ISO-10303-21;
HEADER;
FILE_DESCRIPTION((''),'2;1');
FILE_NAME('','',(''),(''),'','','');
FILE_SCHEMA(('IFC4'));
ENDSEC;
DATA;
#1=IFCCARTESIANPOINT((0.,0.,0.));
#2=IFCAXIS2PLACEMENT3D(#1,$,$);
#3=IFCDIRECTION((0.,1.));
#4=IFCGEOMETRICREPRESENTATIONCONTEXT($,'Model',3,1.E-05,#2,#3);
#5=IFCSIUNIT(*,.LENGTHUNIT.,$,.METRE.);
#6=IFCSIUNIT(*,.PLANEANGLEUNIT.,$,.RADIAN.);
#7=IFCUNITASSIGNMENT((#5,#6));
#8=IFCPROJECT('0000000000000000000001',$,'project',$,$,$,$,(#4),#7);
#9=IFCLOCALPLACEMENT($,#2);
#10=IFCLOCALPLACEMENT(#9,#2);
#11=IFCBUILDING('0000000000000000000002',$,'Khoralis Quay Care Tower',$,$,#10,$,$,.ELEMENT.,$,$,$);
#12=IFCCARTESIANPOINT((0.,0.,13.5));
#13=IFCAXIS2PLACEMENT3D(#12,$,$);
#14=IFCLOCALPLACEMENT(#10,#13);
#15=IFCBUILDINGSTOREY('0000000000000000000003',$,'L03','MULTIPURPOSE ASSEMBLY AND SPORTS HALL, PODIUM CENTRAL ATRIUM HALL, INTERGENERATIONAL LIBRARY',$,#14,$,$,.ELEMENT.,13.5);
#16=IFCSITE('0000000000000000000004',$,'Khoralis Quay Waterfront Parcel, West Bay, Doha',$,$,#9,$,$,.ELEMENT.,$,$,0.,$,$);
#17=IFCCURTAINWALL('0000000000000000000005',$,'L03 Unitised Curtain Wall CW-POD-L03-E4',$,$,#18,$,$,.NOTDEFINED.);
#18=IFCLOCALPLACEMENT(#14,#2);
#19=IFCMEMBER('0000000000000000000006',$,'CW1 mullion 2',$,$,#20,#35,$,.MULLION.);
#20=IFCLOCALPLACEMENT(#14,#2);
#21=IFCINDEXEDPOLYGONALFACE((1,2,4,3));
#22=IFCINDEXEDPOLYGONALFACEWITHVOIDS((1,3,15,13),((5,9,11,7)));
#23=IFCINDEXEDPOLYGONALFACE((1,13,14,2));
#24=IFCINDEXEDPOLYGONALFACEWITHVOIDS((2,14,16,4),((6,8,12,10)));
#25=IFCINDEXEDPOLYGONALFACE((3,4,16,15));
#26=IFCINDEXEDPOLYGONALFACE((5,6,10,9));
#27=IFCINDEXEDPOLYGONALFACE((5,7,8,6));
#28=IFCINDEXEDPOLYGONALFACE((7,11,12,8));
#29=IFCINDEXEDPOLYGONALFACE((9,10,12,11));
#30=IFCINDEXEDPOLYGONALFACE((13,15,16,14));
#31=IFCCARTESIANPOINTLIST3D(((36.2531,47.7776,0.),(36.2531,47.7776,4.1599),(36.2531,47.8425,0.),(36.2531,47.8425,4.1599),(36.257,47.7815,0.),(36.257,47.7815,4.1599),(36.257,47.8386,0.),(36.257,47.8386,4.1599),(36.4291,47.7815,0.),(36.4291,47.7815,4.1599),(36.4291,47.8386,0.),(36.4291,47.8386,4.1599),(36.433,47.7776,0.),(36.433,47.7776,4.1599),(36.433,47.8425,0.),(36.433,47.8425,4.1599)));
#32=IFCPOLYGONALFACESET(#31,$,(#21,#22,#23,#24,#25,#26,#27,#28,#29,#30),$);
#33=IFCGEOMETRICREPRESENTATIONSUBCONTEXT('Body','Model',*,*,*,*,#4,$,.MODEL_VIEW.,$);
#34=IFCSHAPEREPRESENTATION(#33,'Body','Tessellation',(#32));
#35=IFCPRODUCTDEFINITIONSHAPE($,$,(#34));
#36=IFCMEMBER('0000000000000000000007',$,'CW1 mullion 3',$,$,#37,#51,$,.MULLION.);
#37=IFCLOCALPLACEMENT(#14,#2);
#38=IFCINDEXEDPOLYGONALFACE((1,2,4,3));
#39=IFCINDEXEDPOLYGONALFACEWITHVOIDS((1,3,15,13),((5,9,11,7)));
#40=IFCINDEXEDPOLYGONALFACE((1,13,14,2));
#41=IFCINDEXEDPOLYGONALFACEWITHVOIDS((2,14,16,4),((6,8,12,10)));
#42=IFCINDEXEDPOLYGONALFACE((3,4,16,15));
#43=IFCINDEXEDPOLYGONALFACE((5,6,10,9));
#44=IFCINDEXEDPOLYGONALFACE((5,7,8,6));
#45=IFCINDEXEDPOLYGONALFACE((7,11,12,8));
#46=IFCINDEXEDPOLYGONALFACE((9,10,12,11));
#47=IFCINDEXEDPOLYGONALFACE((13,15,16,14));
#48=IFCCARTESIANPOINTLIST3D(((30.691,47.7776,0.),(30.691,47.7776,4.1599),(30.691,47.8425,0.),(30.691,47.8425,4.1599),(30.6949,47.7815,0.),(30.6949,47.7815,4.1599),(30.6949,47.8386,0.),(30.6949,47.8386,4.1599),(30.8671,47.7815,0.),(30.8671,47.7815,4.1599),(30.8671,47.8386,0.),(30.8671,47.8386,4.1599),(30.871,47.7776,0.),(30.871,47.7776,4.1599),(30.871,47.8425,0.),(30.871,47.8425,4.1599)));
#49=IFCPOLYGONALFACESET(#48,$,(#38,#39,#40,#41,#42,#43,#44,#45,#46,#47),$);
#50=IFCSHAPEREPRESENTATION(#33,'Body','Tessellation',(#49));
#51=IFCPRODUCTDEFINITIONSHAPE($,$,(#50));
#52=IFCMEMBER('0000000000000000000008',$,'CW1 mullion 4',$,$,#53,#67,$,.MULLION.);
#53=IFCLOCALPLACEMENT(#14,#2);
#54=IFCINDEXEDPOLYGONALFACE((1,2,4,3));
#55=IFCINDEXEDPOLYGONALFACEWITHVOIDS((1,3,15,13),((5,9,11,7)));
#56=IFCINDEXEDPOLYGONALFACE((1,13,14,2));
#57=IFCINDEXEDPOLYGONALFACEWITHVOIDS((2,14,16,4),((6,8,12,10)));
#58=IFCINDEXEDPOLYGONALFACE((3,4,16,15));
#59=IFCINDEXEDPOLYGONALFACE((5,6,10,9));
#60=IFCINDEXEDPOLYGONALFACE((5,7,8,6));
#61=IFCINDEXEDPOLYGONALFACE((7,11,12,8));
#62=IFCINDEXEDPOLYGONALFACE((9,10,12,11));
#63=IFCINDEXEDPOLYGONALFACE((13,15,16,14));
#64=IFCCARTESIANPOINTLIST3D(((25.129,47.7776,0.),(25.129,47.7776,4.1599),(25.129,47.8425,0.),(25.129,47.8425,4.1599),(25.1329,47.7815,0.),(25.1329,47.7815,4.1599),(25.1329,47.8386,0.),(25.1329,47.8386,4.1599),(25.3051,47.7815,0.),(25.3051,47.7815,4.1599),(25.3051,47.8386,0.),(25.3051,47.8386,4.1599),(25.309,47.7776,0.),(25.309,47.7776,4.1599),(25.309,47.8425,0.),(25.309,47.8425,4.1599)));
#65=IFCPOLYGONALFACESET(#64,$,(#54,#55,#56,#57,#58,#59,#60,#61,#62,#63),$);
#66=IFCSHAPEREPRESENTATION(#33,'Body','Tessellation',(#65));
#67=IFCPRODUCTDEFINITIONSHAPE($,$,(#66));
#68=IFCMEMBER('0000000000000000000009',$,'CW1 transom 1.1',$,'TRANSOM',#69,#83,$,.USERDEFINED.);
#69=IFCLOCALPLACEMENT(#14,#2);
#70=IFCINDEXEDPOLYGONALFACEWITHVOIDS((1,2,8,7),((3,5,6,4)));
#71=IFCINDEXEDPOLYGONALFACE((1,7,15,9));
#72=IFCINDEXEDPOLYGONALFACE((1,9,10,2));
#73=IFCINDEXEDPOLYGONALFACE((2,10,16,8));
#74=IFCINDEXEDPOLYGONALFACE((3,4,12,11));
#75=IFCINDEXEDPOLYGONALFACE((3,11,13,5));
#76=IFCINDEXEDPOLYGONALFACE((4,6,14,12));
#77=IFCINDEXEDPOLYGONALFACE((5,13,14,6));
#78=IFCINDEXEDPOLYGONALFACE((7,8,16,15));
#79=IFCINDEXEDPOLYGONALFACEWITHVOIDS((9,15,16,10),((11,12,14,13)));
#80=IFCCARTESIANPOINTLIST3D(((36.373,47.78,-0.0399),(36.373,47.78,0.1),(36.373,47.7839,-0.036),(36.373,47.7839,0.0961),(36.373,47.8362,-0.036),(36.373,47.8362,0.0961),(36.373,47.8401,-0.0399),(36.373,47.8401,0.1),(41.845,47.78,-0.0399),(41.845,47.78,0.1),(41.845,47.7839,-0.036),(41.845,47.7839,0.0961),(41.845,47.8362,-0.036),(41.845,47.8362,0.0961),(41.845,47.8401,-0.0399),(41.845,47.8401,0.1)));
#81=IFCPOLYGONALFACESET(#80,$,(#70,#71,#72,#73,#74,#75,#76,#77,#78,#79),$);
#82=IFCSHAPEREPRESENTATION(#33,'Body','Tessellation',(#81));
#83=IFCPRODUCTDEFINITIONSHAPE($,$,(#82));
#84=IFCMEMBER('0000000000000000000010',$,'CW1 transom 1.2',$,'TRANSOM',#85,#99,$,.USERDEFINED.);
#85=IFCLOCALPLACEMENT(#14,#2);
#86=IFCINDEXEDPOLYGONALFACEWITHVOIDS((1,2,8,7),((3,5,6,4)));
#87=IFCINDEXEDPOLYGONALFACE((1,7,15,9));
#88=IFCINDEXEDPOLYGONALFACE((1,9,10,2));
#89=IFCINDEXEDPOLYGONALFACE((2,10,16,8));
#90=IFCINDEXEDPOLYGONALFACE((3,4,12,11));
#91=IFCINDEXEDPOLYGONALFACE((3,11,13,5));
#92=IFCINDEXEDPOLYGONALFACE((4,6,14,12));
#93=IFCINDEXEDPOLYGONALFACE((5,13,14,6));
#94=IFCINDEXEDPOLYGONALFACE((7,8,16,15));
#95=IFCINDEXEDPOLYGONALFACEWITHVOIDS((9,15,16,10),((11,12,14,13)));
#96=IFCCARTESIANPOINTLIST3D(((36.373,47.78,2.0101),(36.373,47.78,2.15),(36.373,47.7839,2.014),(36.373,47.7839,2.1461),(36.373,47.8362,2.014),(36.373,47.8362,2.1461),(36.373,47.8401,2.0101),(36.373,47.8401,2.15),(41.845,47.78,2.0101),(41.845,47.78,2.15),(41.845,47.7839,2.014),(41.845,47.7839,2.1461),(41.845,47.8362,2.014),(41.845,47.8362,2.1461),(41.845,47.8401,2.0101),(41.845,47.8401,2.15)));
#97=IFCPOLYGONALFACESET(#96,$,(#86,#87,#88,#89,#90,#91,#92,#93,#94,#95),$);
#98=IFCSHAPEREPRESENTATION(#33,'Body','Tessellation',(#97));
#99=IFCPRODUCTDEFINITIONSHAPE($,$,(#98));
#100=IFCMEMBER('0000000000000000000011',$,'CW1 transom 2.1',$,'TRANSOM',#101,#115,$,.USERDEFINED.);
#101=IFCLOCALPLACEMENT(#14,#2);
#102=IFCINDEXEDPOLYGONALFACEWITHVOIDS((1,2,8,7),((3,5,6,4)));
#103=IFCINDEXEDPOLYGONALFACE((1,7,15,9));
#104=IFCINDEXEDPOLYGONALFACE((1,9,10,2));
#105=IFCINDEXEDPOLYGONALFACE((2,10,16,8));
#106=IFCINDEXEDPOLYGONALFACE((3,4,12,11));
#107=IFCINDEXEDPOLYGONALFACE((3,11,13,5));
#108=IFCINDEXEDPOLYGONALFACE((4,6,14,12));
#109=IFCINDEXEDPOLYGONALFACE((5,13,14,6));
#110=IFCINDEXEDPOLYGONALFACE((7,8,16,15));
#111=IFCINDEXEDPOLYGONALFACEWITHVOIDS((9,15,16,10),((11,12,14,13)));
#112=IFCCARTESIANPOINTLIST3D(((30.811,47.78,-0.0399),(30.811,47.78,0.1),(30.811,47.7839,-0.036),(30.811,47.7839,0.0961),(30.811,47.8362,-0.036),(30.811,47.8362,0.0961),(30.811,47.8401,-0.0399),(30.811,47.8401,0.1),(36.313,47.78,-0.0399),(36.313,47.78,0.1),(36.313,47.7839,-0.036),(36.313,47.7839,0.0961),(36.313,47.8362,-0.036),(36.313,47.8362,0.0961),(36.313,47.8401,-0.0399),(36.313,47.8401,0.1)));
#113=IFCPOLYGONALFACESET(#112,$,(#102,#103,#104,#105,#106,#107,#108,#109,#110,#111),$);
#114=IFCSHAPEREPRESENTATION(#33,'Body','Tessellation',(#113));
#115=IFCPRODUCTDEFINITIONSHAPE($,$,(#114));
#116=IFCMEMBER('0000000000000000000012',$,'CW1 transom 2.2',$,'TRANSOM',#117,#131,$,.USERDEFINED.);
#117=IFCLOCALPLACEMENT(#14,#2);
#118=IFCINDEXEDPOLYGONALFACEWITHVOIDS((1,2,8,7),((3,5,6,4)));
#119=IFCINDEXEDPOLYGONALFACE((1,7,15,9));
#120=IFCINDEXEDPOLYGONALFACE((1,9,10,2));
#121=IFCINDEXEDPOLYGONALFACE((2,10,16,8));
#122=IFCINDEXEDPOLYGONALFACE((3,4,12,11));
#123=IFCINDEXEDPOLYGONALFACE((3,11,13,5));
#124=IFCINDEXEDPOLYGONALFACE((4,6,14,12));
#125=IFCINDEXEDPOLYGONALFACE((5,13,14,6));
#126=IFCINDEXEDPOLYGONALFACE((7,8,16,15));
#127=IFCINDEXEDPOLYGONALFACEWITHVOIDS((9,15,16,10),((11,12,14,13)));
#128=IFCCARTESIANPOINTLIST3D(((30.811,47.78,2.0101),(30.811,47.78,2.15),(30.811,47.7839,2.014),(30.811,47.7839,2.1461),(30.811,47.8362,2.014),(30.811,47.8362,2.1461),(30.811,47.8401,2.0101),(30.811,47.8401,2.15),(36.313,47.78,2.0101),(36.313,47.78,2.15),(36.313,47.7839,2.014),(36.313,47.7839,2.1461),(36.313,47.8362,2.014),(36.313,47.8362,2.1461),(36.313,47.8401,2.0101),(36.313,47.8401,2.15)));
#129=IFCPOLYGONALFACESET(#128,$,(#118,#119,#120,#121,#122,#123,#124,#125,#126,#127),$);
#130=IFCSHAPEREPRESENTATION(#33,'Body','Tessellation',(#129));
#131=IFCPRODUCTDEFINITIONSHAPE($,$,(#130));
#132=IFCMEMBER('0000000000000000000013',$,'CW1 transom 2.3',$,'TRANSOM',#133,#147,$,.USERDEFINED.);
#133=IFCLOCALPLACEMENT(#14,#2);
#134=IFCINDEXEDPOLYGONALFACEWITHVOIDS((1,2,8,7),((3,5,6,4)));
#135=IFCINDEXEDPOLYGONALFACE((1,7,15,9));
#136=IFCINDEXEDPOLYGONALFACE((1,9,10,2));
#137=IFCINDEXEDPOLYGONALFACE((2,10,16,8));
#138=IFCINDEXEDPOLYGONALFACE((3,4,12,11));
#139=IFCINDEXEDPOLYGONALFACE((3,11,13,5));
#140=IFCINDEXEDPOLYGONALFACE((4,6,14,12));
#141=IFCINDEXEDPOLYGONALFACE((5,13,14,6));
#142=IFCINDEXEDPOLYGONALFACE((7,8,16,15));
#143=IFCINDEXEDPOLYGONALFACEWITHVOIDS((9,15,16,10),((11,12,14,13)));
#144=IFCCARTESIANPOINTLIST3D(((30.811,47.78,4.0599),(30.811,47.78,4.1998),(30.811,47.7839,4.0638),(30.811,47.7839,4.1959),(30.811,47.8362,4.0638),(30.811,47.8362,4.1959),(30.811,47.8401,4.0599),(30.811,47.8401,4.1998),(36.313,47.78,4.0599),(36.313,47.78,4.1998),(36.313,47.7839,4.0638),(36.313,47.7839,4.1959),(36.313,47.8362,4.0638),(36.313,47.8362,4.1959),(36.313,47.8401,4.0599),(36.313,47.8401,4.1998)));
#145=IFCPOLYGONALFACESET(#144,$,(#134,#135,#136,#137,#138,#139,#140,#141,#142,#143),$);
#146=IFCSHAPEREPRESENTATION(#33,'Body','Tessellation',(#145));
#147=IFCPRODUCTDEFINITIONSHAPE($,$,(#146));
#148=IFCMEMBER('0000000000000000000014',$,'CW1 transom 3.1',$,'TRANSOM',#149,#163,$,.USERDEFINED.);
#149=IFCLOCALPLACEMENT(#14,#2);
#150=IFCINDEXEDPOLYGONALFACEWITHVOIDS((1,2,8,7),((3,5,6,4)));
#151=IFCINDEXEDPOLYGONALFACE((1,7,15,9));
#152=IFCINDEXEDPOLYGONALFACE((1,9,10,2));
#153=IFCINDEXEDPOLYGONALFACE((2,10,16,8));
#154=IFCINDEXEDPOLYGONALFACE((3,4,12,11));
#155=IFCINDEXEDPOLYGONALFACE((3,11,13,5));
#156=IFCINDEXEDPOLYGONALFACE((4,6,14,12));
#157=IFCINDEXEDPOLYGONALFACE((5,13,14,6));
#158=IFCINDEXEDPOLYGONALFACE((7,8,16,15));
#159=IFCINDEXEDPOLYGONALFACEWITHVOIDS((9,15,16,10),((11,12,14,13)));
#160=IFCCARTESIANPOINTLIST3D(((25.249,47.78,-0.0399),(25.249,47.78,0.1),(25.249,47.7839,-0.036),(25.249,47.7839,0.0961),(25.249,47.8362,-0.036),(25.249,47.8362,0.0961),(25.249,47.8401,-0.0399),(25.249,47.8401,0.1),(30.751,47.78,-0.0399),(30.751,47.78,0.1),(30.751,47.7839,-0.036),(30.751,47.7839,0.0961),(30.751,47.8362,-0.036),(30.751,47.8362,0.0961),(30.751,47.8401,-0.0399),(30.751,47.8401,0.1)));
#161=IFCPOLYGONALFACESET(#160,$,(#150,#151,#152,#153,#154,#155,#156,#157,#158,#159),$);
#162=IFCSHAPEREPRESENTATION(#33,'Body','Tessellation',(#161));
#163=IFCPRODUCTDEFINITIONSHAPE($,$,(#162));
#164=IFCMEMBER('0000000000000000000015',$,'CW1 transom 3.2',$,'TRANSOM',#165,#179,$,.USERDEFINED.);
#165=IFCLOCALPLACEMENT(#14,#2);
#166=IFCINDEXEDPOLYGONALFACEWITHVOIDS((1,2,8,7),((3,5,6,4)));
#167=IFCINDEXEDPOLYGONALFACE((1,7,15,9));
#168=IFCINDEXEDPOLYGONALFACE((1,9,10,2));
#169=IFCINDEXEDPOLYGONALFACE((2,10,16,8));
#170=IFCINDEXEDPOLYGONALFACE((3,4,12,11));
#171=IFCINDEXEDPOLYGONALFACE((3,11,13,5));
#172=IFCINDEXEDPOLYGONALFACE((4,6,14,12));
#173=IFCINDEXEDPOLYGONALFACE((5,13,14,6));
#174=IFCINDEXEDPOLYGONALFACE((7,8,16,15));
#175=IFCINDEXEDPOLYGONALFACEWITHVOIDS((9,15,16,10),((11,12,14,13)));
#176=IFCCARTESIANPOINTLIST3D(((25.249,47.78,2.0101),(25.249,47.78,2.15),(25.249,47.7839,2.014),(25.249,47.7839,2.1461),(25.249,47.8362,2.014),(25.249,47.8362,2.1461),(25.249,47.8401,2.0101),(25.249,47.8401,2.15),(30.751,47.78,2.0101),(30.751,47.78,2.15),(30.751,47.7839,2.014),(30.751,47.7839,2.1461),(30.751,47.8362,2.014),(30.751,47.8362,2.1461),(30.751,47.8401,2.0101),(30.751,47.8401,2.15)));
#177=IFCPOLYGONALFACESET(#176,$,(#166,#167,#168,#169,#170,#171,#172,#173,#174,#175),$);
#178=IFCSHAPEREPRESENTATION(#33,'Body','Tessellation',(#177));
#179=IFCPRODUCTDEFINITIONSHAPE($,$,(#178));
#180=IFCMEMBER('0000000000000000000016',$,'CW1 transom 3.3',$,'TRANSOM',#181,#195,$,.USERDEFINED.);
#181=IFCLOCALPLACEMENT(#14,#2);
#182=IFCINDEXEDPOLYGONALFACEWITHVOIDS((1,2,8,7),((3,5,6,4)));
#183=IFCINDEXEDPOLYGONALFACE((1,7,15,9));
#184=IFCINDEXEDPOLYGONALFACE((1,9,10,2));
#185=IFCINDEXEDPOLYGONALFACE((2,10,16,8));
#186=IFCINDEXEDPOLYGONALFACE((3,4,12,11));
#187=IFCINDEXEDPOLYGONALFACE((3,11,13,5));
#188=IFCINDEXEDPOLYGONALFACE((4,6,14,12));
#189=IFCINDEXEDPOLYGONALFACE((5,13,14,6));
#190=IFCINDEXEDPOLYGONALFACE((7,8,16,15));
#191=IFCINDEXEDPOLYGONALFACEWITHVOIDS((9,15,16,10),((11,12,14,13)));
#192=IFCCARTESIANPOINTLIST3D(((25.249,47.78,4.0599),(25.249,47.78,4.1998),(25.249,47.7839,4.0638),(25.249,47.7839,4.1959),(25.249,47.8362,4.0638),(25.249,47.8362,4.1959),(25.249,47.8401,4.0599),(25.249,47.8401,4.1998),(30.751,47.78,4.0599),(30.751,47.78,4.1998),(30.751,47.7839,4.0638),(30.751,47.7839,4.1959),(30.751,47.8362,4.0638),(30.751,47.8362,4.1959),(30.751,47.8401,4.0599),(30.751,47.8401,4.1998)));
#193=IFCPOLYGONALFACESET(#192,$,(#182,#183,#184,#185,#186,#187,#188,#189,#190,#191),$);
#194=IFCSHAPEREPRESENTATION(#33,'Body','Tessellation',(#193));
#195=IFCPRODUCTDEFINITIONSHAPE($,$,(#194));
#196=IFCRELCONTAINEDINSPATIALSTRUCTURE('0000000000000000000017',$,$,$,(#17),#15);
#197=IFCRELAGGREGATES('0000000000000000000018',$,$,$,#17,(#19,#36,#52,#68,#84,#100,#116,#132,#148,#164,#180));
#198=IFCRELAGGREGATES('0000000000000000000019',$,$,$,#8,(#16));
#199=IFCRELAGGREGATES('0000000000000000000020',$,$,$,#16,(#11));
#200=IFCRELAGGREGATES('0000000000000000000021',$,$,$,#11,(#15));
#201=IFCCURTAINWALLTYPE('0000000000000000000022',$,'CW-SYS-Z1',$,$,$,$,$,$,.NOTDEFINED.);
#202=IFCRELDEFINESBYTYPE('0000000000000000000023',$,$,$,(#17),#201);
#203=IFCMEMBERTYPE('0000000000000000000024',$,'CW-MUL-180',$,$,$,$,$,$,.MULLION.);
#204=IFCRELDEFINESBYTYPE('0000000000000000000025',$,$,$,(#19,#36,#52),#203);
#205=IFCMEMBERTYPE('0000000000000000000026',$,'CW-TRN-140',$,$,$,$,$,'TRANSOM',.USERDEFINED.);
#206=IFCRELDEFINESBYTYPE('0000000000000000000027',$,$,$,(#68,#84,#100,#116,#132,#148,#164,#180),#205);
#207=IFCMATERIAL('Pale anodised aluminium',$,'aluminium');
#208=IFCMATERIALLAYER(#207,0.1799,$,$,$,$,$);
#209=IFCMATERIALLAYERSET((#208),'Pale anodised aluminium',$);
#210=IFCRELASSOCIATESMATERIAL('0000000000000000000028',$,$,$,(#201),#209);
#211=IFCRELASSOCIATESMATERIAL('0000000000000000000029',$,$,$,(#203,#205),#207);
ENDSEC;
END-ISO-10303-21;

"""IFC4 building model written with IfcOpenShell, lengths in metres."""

from ifc_helpers import new_model, si_unit, direction, frame, origin, origin_2d, place, context, subcontext, project, spatial, hollow_rectangle, extrude, source, transform, mapped, material, layer, layer_set, material_profile, profile_set, type_object, element, aggregate, save


model = new_model("IFC4")

# Units and contexts
model_context = context("Model", 3, precision=1e-05, world=origin(), true_north=direction((0.0, 1.0)))
body_context = subcontext(model_context, "Body", "Model", "MODEL_VIEW")
ifc_project = project(units=[si_unit("LENGTHUNIT", "METRE"), si_unit("PLANEANGLEUNIT", "RADIAN")], contexts=[model_context])

# Site, building, storey
site_placement = place(None, origin())
site = spatial("IfcSite", under=ifc_project, at=site_placement, Name="Khoralis Quay Waterfront Parcel, West Bay, Doha", CompositionType="ELEMENT", RefElevation=0.0)
building_placement = place(site_placement, origin())
building = spatial("IfcBuilding", under=site, at=building_placement, Name="Khoralis Quay Care Tower", CompositionType="ELEMENT")
storey_placement = place(building_placement, frame((0.0, 0.0, 13.5)))
storey = spatial("IfcBuildingStorey", under=building, at=storey_placement, Name="L03", Description="MULTIPURPOSE ASSEMBLY AND SPORTS HALL, PODIUM CENTRAL ATRIUM HALL, INTERGENERATIONAL LIBRARY", CompositionType="ELEMENT", Elevation=13.5)

# Curtain wall, members
ifc_material_1 = material(Name="Pale anodised aluminium", Category="aluminium")
ifc_layer_1 = layer(ifc_material_1, 0.1799)
ifc_layer_set_1 = layer_set([ifc_layer_1], Name="Pale anodised aluminium")
curtain_wall_type = type_object("IfcCurtainWallType", Name="CW-SYS-Z1", PredefinedType="NOTDEFINED", material=ifc_layer_set_1)
curtain_wall_placement = place(storey_placement, origin())
curtain_wall = element("IfcCurtainWall", 1, at=curtain_wall_placement, inside=storey, type_object=curtain_wall_type, Name="L03 Unitised Curtain Wall CW-POD-L03-E4", PredefinedType="NOTDEFINED")
ifc_material_profile_1 = material_profile(ifc_material_1, hollow_rectangle(XDim=0.0649, YDim=0.1799, WallThickness=0.0039, at=origin_2d()), Name="Pale anodised aluminium")
ifc_profile_set_1 = profile_set([ifc_material_profile_1], Name="Pale anodised aluminium")
member_type_1 = type_object("IfcMemberType", Name="CW-MUL-180", PredefinedType="MULLION", material=ifc_profile_set_1)
shared_shape_1 = source(origin(), body_context, "Body", "SweptSolid", [
    extrude(hollow_rectangle(XDim=0.0649, YDim=0.1799, WallThickness=0.0039, at=origin_2d()), origin(), (0.0, 0.0, 1.0), 4.1599),
])
member_1_placement = place(storey_placement, frame((36.343, 47.8101, 0.0), z_axis=(0.0, 0.0, 1.0), x_axis=(0.0, -1.0, 0.0)))
member_1 = element("IfcMember", 2, at=member_1_placement, type_object=member_type_1, Name="CW1 mullion 2", PredefinedType="MULLION", context=body_context, shape_type="MappedRepresentation", body=[
    mapped(shared_shape_1, transform((0.0, 0.0, 0.0), scale=1.0)),
])
member_2_placement = place(storey_placement, frame((30.781, 47.8101, 0.0), z_axis=(0.0, 0.0, 1.0), x_axis=(0.0, -1.0, 0.0)))
member_2 = element("IfcMember", 3, at=member_2_placement, type_object=member_type_1, Name="CW1 mullion 3", PredefinedType="MULLION", context=body_context, shape_type="MappedRepresentation", body=[
    mapped(shared_shape_1, transform((0.0, 0.0, 0.0), scale=1.0)),
])
member_3_placement = place(storey_placement, frame((25.219, 47.8101, 0.0), z_axis=(0.0, 0.0, 1.0), x_axis=(0.0, -1.0, 0.0)))
member_3 = element("IfcMember", 4, at=member_3_placement, type_object=member_type_1, Name="CW1 mullion 4", PredefinedType="MULLION", context=body_context, shape_type="MappedRepresentation", body=[
    mapped(shared_shape_1, transform((0.0, 0.0, 0.0), scale=1.0)),
])
ifc_material_profile_2 = material_profile(ifc_material_1, hollow_rectangle(XDim=0.0601, YDim=0.1399, WallThickness=0.0039, at=origin_2d()), Name="Pale anodised aluminium")
ifc_profile_set_2 = profile_set([ifc_material_profile_2], Name="Pale anodised aluminium")
member_type_2 = type_object("IfcMemberType", Name="CW-TRN-140", ElementType="TRANSOM", PredefinedType="USERDEFINED", material=ifc_profile_set_2)
shared_shape_2 = source(origin(), body_context, "Body", "SweptSolid", [
    extrude(hollow_rectangle(XDim=0.0601, YDim=0.1399, WallThickness=0.0039, at=origin_2d()), origin(), (0.0, 0.0, 1.0), 5.4719),
])
member_4_placement = place(storey_placement, frame((41.845, 47.8101, 0.03), z_axis=(-1.0, 0.0, 0.0), x_axis=(0.0, -1.0, 0.0)))
member_4 = element("IfcMember", 5, at=member_4_placement, type_object=member_type_2, Name="CW1 transom 1.1", ObjectType="TRANSOM", PredefinedType="USERDEFINED", context=body_context, shape_type="MappedRepresentation", body=[
    mapped(shared_shape_2, transform((0.0, 0.0, 0.0), scale=1.0)),
])
member_5_placement = place(storey_placement, frame((41.845, 47.8101, 2.0801), z_axis=(-1.0, 0.0, 0.0), x_axis=(0.0, -1.0, 0.0)))
member_5 = element("IfcMember", 6, at=member_5_placement, type_object=member_type_2, Name="CW1 transom 1.2", ObjectType="TRANSOM", PredefinedType="USERDEFINED", context=body_context, shape_type="MappedRepresentation", body=[
    mapped(shared_shape_2, transform((0.0, 0.0, 0.0), scale=1.0)),
])
shared_shape_3 = source(origin(), body_context, "Body", "SweptSolid", [
    extrude(hollow_rectangle(XDim=0.0601, YDim=0.1399, WallThickness=0.0039, at=origin_2d()), origin(), (0.0, 0.0, 1.0), 5.502),
])
member_6_placement = place(storey_placement, frame((36.313, 47.8101, 0.03), z_axis=(-1.0, 0.0, 0.0), x_axis=(0.0, -1.0, 0.0)))
member_6 = element("IfcMember", 7, at=member_6_placement, type_object=member_type_2, Name="CW1 transom 2.1", ObjectType="TRANSOM", PredefinedType="USERDEFINED", context=body_context, shape_type="MappedRepresentation", body=[
    mapped(shared_shape_3, transform((0.0, 0.0, 0.0), scale=1.0)),
])
member_7_placement = place(storey_placement, frame((36.313, 47.8101, 2.0801), z_axis=(-1.0, 0.0, 0.0), x_axis=(0.0, -1.0, 0.0)))
member_7 = element("IfcMember", 8, at=member_7_placement, type_object=member_type_2, Name="CW1 transom 2.2", ObjectType="TRANSOM", PredefinedType="USERDEFINED", context=body_context, shape_type="MappedRepresentation", body=[
    mapped(shared_shape_3, transform((0.0, 0.0, 0.0), scale=1.0)),
])
member_8_placement = place(storey_placement, frame((36.313, 47.8101, 4.1299), z_axis=(-1.0, 0.0, 0.0), x_axis=(0.0, -1.0, 0.0)))
member_8 = element("IfcMember", 9, at=member_8_placement, type_object=member_type_2, Name="CW1 transom 2.3", ObjectType="TRANSOM", PredefinedType="USERDEFINED", context=body_context, shape_type="MappedRepresentation", body=[
    mapped(shared_shape_3, transform((0.0, 0.0, 0.0), scale=1.0)),
])
member_9_placement = place(storey_placement, frame((30.751, 47.8101, 0.03), z_axis=(-1.0, 0.0, 0.0), x_axis=(0.0, -1.0, 0.0)))
member_9 = element("IfcMember", 10, at=member_9_placement, type_object=member_type_2, Name="CW1 transom 3.1", ObjectType="TRANSOM", PredefinedType="USERDEFINED", context=body_context, shape_type="MappedRepresentation", body=[
    mapped(shared_shape_3, transform((0.0, 0.0, 0.0), scale=1.0)),
])
member_10_placement = place(storey_placement, frame((30.751, 47.8101, 2.0801), z_axis=(-1.0, 0.0, 0.0), x_axis=(0.0, -1.0, 0.0)))
member_10 = element("IfcMember", 11, at=member_10_placement, type_object=member_type_2, Name="CW1 transom 3.2", ObjectType="TRANSOM", PredefinedType="USERDEFINED", context=body_context, shape_type="MappedRepresentation", body=[
    mapped(shared_shape_3, transform((0.0, 0.0, 0.0), scale=1.0)),
])
member_11_placement = place(storey_placement, frame((30.751, 47.8101, 4.1299), z_axis=(-1.0, 0.0, 0.0), x_axis=(0.0, -1.0, 0.0)))
member_11 = element("IfcMember", 12, at=member_11_placement, type_object=member_type_2, Name="CW1 transom 3.3", ObjectType="TRANSOM", PredefinedType="USERDEFINED", context=body_context, shape_type="MappedRepresentation", body=[
    mapped(shared_shape_3, transform((0.0, 0.0, 0.0), scale=1.0)),
])
aggregate(curtain_wall, [member_1, member_2, member_3, member_4, member_5, member_6, member_7, member_8, member_9, member_10, member_11])

save(model, "model.ifc")
